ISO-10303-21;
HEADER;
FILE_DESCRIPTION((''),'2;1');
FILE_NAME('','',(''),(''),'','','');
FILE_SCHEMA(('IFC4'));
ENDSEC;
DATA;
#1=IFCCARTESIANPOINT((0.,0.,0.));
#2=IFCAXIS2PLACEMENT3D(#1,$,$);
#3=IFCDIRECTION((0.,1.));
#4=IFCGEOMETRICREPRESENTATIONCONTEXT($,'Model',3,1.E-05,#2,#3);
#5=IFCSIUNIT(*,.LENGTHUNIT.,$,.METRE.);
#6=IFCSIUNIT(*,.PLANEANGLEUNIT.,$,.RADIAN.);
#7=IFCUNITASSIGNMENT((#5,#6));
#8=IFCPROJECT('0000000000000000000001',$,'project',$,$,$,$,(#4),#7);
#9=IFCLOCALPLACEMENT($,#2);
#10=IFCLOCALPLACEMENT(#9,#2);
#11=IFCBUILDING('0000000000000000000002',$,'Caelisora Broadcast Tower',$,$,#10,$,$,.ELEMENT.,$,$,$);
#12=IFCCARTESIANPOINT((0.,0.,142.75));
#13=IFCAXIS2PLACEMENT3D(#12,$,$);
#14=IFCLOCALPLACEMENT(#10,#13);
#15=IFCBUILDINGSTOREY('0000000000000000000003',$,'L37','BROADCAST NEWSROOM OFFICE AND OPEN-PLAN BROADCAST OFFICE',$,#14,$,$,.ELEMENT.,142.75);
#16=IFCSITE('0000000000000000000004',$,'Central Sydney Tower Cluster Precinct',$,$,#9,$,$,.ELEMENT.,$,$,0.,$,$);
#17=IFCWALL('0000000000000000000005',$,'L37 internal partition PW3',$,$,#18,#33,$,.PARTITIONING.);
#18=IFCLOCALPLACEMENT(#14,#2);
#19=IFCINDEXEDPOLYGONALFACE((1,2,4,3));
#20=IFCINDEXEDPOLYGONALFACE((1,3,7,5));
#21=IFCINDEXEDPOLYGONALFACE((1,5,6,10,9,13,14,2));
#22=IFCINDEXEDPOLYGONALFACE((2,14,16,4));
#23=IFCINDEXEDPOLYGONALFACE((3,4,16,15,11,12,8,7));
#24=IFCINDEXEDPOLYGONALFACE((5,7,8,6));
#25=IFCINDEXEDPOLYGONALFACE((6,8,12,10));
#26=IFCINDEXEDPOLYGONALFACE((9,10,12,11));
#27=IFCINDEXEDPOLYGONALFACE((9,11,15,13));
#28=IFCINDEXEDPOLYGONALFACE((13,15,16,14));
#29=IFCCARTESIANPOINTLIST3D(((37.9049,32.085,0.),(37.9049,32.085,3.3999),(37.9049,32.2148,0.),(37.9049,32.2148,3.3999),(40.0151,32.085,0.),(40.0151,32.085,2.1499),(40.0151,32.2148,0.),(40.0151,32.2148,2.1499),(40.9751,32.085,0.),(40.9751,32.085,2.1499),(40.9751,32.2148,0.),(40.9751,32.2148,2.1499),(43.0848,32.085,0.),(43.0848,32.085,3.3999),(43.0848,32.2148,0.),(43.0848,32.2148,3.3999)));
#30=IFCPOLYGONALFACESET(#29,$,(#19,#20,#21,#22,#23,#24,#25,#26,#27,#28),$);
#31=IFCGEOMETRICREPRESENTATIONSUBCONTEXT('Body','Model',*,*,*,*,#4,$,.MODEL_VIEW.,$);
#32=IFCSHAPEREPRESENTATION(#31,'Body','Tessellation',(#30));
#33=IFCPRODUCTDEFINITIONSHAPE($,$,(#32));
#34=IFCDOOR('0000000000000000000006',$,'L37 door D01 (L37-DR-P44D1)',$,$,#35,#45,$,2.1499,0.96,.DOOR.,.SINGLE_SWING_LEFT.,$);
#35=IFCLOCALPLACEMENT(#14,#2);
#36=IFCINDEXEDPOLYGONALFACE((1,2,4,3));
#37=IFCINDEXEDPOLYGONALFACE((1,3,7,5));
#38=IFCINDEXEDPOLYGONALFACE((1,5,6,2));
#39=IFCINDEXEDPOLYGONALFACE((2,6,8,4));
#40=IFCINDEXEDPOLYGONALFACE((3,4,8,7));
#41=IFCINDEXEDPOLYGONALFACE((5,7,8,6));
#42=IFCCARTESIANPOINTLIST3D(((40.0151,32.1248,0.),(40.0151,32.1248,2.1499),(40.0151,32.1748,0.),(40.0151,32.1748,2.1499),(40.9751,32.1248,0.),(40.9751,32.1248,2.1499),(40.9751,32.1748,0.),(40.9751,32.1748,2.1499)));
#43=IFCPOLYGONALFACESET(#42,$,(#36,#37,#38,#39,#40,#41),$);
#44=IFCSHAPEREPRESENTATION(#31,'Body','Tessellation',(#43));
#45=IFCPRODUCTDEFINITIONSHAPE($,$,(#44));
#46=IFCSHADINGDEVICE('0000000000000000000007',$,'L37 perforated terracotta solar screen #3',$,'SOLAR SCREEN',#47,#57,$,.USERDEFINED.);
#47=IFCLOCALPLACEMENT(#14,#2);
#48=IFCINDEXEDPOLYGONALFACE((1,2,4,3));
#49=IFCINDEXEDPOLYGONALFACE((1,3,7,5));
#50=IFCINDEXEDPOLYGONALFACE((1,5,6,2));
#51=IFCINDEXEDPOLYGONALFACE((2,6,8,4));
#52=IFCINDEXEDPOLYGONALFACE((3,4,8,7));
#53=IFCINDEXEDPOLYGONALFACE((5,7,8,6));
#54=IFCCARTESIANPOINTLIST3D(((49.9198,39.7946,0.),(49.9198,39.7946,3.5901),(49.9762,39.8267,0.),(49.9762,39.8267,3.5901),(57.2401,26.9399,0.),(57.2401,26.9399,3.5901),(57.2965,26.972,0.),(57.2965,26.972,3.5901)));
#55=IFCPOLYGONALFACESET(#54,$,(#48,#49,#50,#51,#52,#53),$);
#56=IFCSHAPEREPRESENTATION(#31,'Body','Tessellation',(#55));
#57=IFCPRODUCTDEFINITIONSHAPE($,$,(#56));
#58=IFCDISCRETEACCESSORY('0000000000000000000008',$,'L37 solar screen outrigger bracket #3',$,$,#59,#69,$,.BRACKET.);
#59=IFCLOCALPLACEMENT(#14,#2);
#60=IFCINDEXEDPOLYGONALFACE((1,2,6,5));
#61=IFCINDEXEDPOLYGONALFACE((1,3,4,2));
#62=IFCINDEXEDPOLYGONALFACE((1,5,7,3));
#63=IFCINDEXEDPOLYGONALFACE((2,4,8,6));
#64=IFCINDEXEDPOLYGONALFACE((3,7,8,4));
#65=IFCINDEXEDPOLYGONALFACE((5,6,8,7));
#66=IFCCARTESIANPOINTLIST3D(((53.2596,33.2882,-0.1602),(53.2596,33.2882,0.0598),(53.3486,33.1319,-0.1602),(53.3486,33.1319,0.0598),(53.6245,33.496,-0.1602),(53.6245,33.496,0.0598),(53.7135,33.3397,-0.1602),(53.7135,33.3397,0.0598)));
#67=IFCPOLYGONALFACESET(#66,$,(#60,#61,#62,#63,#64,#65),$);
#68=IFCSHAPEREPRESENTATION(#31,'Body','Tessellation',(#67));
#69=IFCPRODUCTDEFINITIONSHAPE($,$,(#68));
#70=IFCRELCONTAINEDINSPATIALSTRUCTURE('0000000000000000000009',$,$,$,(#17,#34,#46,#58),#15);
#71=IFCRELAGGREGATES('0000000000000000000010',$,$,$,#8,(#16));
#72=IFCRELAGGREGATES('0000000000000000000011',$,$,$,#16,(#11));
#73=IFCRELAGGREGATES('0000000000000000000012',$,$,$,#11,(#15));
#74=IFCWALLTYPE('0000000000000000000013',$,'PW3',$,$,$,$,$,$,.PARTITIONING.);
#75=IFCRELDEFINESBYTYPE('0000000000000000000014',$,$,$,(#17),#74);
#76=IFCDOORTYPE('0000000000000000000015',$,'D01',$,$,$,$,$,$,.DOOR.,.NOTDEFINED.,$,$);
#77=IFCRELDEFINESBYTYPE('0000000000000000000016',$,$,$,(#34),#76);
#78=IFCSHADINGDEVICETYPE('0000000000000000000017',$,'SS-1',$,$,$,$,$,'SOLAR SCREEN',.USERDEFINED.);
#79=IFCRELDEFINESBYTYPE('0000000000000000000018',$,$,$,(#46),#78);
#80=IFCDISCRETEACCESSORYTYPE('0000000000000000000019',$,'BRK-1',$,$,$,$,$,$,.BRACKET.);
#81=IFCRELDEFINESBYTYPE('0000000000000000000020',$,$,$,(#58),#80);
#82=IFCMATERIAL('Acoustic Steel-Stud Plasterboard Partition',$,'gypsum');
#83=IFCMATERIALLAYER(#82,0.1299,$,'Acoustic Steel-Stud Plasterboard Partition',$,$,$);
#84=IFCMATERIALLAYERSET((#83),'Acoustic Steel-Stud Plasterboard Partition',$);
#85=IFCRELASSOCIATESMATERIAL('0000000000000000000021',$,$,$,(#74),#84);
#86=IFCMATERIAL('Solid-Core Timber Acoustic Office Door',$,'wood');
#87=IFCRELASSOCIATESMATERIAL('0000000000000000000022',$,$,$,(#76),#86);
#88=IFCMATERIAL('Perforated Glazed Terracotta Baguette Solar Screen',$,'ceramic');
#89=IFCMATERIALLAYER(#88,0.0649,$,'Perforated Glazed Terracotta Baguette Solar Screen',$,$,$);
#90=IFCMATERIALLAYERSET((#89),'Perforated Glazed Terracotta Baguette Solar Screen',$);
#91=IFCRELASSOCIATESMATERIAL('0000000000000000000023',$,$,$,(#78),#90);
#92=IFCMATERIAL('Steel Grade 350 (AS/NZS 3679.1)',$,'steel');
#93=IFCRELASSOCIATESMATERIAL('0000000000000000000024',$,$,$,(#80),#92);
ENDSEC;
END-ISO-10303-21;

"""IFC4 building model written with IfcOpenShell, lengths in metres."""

from ifc_helpers import new_model, si_unit, direction, frame, frame_2d, origin, origin_2d, place, context, subcontext, project, spatial, rectangle, extrude, source, transform, mapped, material, layer, layer_set, type_object, type_shapes, element, fill, save


model = new_model("IFC4")

# Units and contexts
model_context = context("Model", 3, precision=1e-05, world=origin(), true_north=direction((0.0, 1.0)))
body_context = subcontext(model_context, "Body", "Model", "MODEL_VIEW")
ifc_project = project(units=[si_unit("LENGTHUNIT", "METRE"), si_unit("PLANEANGLEUNIT", "RADIAN")], contexts=[model_context])

# Site, building, storey
site_placement = place(None, origin())
site = spatial("IfcSite", under=ifc_project, at=site_placement, Name="Central Sydney Tower Cluster Precinct", CompositionType="ELEMENT", RefElevation=0.0)
building_placement = place(site_placement, origin())
building = spatial("IfcBuilding", under=site, at=building_placement, Name="Caelisora Broadcast Tower", CompositionType="ELEMENT")
storey_placement = place(building_placement, frame((0.0, 0.0, 142.75)))
storey = spatial("IfcBuildingStorey", under=building, at=storey_placement, Name="L37", Description="BROADCAST NEWSROOM OFFICE AND OPEN-PLAN BROADCAST OFFICE", CompositionType="ELEMENT", Elevation=142.75)

# Shared definitions
ifc_material_1 = material(Name="Steel Grade 350 (AS/NZS 3679.1)", Category="steel")

# Shared definitions
ifc_material_2 = material(Name="Acoustic Steel-Stud Plasterboard Partition", Category="gypsum")
ifc_layer_1 = layer(ifc_material_2, 0.1299, Name="Acoustic Steel-Stud Plasterboard Partition")
ifc_layer_set_1 = layer_set([ifc_layer_1], Name="Acoustic Steel-Stud Plasterboard Partition")
wall_type = type_object("IfcWallType", Name="PW3", PredefinedType="PARTITIONING", material=ifc_layer_set_1)
ifc_material_3 = material(Name="Solid-Core Timber Acoustic Office Door", Category="wood")
door_type = type_object("IfcDoorType", Name="D01", OperationType="NOTDEFINED", PredefinedType="DOOR", material=ifc_material_3)

# Wall, opening, door
wall_1_placement = place(storey_placement, frame((37.905, 32.1499, 0.0), z_axis=(0.0, 0.0, 1.0), x_axis=(1.0, 0.0, 0.0)))
wall_1 = element("IfcWall", 1, at=wall_1_placement, inside=storey, type_object=wall_type, Name="L37 internal partition PW3", PredefinedType="PARTITIONING", context=body_context, shape_type="SweptSolid", body=[
    extrude(rectangle(XDim=5.1799, YDim=0.1299, at=frame_2d((2.5898, 0.0))), origin(), (0.0, 0.0, 1.0), 3.3999),
])
opening_1_placement = place(wall_1_placement, frame((2.1101, 0.0, 0.0)))
opening_1 = element("IfcOpeningElement", 2, at=opening_1_placement, cuts=wall_1, PredefinedType="OPENING", context=body_context, shape_type="SweptSolid", body=[
    extrude(rectangle(XDim=0.96, YDim=2.1499, at=frame_2d((0.48, 1.075))), frame((0.0, 0.0769, 0.0), z_axis=(0.0, -1.0, 0.0), x_axis=(1.0, 0.0, 0.0)), (0.0, 0.0, 1.0), 0.1538),
])
door_1_placement = place(opening_1_placement, origin())
door_1 = element("IfcDoor", 3, at=door_1_placement, inside=storey, type_object=door_type, Name="L37 door D01 (L37-DR-P44D1)", OperationType="SINGLE_SWING_LEFT", OverallHeight=2.1499, OverallWidth=0.96, PredefinedType="DOOR", context=body_context, shape_type="SweptSolid", body=[
    extrude(rectangle(XDim=0.96, YDim=2.1499, at=frame_2d((0.48, 1.075))), frame((0.0, 0.0249, 0.0), z_axis=(0.0, -1.0, 0.0), x_axis=(1.0, 0.0, 0.0)), (0.0, 0.0, 1.0), 0.05),
])
fill(opening_1, door_1)

# Shading device
ifc_material_4 = material(Name="Perforated Glazed Terracotta Baguette Solar Screen", Category="ceramic")
ifc_layer_2 = layer(ifc_material_4, 0.0649, Name="Perforated Glazed Terracotta Baguette Solar Screen")
ifc_layer_set_2 = layer_set([ifc_layer_2], Name="Perforated Glazed Terracotta Baguette Solar Screen")
shading_device_type = type_object("IfcShadingDeviceType", Name="SS-1", ElementType="SOLAR SCREEN", PredefinedType="USERDEFINED", material=ifc_layer_set_2)
shared_shape_1 = source(origin(), body_context, "Body", "SweptSolid", [
    extrude(rectangle(XDim=14.793, YDim=0.0649, at=origin_2d()), origin(), (0.0, 0.0, 1.0), 3.5901),
])
type_shapes(shading_device_type, [shared_shape_1])
shading_device_placement = place(storey_placement, frame((53.6082, 33.3833, 0.0), z_axis=(0.0, 0.0, 1.0), x_axis=(-0.494852, 0.868977, 0.0)))
element("IfcShadingDevice", 4, at=shading_device_placement, inside=storey, type_object=shading_device_type, Name="L37 perforated terracotta solar screen #3", ObjectType="SOLAR SCREEN", PredefinedType="USERDEFINED", context=body_context, shape_type="MappedRepresentation", body=[
    mapped(shared_shape_1, transform((0.0, 0.0, 0.0), scale=1.0)),
])

# Discrete accessory
discrete_accessory_type = type_object("IfcDiscreteAccessoryType", Name="BRK-1", PredefinedType="BRACKET", material=ifc_material_1)
shared_shape_2 = source(origin(), body_context, "Body", "SweptSolid", [
    extrude(rectangle(XDim=0.1799, YDim=0.4199, at=origin_2d()), origin(), (0.0, 0.0, 1.0), 0.22),
])
type_shapes(discrete_accessory_type, [shared_shape_2])
discrete_accessory_placement = place(storey_placement, frame((53.4866, 33.314, -0.1602), z_axis=(0.0, 0.0, 1.0), x_axis=(-0.494852, 0.868977, 0.0)))
element("IfcDiscreteAccessory", 5, at=discrete_accessory_placement, inside=storey, type_object=discrete_accessory_type, Name="L37 solar screen outrigger bracket #3", PredefinedType="BRACKET", context=body_context, shape_type="MappedRepresentation", body=[
    mapped(shared_shape_2, transform((0.0, 0.0, 0.0), scale=1.0)),
])

save(model, "model.ifc")
